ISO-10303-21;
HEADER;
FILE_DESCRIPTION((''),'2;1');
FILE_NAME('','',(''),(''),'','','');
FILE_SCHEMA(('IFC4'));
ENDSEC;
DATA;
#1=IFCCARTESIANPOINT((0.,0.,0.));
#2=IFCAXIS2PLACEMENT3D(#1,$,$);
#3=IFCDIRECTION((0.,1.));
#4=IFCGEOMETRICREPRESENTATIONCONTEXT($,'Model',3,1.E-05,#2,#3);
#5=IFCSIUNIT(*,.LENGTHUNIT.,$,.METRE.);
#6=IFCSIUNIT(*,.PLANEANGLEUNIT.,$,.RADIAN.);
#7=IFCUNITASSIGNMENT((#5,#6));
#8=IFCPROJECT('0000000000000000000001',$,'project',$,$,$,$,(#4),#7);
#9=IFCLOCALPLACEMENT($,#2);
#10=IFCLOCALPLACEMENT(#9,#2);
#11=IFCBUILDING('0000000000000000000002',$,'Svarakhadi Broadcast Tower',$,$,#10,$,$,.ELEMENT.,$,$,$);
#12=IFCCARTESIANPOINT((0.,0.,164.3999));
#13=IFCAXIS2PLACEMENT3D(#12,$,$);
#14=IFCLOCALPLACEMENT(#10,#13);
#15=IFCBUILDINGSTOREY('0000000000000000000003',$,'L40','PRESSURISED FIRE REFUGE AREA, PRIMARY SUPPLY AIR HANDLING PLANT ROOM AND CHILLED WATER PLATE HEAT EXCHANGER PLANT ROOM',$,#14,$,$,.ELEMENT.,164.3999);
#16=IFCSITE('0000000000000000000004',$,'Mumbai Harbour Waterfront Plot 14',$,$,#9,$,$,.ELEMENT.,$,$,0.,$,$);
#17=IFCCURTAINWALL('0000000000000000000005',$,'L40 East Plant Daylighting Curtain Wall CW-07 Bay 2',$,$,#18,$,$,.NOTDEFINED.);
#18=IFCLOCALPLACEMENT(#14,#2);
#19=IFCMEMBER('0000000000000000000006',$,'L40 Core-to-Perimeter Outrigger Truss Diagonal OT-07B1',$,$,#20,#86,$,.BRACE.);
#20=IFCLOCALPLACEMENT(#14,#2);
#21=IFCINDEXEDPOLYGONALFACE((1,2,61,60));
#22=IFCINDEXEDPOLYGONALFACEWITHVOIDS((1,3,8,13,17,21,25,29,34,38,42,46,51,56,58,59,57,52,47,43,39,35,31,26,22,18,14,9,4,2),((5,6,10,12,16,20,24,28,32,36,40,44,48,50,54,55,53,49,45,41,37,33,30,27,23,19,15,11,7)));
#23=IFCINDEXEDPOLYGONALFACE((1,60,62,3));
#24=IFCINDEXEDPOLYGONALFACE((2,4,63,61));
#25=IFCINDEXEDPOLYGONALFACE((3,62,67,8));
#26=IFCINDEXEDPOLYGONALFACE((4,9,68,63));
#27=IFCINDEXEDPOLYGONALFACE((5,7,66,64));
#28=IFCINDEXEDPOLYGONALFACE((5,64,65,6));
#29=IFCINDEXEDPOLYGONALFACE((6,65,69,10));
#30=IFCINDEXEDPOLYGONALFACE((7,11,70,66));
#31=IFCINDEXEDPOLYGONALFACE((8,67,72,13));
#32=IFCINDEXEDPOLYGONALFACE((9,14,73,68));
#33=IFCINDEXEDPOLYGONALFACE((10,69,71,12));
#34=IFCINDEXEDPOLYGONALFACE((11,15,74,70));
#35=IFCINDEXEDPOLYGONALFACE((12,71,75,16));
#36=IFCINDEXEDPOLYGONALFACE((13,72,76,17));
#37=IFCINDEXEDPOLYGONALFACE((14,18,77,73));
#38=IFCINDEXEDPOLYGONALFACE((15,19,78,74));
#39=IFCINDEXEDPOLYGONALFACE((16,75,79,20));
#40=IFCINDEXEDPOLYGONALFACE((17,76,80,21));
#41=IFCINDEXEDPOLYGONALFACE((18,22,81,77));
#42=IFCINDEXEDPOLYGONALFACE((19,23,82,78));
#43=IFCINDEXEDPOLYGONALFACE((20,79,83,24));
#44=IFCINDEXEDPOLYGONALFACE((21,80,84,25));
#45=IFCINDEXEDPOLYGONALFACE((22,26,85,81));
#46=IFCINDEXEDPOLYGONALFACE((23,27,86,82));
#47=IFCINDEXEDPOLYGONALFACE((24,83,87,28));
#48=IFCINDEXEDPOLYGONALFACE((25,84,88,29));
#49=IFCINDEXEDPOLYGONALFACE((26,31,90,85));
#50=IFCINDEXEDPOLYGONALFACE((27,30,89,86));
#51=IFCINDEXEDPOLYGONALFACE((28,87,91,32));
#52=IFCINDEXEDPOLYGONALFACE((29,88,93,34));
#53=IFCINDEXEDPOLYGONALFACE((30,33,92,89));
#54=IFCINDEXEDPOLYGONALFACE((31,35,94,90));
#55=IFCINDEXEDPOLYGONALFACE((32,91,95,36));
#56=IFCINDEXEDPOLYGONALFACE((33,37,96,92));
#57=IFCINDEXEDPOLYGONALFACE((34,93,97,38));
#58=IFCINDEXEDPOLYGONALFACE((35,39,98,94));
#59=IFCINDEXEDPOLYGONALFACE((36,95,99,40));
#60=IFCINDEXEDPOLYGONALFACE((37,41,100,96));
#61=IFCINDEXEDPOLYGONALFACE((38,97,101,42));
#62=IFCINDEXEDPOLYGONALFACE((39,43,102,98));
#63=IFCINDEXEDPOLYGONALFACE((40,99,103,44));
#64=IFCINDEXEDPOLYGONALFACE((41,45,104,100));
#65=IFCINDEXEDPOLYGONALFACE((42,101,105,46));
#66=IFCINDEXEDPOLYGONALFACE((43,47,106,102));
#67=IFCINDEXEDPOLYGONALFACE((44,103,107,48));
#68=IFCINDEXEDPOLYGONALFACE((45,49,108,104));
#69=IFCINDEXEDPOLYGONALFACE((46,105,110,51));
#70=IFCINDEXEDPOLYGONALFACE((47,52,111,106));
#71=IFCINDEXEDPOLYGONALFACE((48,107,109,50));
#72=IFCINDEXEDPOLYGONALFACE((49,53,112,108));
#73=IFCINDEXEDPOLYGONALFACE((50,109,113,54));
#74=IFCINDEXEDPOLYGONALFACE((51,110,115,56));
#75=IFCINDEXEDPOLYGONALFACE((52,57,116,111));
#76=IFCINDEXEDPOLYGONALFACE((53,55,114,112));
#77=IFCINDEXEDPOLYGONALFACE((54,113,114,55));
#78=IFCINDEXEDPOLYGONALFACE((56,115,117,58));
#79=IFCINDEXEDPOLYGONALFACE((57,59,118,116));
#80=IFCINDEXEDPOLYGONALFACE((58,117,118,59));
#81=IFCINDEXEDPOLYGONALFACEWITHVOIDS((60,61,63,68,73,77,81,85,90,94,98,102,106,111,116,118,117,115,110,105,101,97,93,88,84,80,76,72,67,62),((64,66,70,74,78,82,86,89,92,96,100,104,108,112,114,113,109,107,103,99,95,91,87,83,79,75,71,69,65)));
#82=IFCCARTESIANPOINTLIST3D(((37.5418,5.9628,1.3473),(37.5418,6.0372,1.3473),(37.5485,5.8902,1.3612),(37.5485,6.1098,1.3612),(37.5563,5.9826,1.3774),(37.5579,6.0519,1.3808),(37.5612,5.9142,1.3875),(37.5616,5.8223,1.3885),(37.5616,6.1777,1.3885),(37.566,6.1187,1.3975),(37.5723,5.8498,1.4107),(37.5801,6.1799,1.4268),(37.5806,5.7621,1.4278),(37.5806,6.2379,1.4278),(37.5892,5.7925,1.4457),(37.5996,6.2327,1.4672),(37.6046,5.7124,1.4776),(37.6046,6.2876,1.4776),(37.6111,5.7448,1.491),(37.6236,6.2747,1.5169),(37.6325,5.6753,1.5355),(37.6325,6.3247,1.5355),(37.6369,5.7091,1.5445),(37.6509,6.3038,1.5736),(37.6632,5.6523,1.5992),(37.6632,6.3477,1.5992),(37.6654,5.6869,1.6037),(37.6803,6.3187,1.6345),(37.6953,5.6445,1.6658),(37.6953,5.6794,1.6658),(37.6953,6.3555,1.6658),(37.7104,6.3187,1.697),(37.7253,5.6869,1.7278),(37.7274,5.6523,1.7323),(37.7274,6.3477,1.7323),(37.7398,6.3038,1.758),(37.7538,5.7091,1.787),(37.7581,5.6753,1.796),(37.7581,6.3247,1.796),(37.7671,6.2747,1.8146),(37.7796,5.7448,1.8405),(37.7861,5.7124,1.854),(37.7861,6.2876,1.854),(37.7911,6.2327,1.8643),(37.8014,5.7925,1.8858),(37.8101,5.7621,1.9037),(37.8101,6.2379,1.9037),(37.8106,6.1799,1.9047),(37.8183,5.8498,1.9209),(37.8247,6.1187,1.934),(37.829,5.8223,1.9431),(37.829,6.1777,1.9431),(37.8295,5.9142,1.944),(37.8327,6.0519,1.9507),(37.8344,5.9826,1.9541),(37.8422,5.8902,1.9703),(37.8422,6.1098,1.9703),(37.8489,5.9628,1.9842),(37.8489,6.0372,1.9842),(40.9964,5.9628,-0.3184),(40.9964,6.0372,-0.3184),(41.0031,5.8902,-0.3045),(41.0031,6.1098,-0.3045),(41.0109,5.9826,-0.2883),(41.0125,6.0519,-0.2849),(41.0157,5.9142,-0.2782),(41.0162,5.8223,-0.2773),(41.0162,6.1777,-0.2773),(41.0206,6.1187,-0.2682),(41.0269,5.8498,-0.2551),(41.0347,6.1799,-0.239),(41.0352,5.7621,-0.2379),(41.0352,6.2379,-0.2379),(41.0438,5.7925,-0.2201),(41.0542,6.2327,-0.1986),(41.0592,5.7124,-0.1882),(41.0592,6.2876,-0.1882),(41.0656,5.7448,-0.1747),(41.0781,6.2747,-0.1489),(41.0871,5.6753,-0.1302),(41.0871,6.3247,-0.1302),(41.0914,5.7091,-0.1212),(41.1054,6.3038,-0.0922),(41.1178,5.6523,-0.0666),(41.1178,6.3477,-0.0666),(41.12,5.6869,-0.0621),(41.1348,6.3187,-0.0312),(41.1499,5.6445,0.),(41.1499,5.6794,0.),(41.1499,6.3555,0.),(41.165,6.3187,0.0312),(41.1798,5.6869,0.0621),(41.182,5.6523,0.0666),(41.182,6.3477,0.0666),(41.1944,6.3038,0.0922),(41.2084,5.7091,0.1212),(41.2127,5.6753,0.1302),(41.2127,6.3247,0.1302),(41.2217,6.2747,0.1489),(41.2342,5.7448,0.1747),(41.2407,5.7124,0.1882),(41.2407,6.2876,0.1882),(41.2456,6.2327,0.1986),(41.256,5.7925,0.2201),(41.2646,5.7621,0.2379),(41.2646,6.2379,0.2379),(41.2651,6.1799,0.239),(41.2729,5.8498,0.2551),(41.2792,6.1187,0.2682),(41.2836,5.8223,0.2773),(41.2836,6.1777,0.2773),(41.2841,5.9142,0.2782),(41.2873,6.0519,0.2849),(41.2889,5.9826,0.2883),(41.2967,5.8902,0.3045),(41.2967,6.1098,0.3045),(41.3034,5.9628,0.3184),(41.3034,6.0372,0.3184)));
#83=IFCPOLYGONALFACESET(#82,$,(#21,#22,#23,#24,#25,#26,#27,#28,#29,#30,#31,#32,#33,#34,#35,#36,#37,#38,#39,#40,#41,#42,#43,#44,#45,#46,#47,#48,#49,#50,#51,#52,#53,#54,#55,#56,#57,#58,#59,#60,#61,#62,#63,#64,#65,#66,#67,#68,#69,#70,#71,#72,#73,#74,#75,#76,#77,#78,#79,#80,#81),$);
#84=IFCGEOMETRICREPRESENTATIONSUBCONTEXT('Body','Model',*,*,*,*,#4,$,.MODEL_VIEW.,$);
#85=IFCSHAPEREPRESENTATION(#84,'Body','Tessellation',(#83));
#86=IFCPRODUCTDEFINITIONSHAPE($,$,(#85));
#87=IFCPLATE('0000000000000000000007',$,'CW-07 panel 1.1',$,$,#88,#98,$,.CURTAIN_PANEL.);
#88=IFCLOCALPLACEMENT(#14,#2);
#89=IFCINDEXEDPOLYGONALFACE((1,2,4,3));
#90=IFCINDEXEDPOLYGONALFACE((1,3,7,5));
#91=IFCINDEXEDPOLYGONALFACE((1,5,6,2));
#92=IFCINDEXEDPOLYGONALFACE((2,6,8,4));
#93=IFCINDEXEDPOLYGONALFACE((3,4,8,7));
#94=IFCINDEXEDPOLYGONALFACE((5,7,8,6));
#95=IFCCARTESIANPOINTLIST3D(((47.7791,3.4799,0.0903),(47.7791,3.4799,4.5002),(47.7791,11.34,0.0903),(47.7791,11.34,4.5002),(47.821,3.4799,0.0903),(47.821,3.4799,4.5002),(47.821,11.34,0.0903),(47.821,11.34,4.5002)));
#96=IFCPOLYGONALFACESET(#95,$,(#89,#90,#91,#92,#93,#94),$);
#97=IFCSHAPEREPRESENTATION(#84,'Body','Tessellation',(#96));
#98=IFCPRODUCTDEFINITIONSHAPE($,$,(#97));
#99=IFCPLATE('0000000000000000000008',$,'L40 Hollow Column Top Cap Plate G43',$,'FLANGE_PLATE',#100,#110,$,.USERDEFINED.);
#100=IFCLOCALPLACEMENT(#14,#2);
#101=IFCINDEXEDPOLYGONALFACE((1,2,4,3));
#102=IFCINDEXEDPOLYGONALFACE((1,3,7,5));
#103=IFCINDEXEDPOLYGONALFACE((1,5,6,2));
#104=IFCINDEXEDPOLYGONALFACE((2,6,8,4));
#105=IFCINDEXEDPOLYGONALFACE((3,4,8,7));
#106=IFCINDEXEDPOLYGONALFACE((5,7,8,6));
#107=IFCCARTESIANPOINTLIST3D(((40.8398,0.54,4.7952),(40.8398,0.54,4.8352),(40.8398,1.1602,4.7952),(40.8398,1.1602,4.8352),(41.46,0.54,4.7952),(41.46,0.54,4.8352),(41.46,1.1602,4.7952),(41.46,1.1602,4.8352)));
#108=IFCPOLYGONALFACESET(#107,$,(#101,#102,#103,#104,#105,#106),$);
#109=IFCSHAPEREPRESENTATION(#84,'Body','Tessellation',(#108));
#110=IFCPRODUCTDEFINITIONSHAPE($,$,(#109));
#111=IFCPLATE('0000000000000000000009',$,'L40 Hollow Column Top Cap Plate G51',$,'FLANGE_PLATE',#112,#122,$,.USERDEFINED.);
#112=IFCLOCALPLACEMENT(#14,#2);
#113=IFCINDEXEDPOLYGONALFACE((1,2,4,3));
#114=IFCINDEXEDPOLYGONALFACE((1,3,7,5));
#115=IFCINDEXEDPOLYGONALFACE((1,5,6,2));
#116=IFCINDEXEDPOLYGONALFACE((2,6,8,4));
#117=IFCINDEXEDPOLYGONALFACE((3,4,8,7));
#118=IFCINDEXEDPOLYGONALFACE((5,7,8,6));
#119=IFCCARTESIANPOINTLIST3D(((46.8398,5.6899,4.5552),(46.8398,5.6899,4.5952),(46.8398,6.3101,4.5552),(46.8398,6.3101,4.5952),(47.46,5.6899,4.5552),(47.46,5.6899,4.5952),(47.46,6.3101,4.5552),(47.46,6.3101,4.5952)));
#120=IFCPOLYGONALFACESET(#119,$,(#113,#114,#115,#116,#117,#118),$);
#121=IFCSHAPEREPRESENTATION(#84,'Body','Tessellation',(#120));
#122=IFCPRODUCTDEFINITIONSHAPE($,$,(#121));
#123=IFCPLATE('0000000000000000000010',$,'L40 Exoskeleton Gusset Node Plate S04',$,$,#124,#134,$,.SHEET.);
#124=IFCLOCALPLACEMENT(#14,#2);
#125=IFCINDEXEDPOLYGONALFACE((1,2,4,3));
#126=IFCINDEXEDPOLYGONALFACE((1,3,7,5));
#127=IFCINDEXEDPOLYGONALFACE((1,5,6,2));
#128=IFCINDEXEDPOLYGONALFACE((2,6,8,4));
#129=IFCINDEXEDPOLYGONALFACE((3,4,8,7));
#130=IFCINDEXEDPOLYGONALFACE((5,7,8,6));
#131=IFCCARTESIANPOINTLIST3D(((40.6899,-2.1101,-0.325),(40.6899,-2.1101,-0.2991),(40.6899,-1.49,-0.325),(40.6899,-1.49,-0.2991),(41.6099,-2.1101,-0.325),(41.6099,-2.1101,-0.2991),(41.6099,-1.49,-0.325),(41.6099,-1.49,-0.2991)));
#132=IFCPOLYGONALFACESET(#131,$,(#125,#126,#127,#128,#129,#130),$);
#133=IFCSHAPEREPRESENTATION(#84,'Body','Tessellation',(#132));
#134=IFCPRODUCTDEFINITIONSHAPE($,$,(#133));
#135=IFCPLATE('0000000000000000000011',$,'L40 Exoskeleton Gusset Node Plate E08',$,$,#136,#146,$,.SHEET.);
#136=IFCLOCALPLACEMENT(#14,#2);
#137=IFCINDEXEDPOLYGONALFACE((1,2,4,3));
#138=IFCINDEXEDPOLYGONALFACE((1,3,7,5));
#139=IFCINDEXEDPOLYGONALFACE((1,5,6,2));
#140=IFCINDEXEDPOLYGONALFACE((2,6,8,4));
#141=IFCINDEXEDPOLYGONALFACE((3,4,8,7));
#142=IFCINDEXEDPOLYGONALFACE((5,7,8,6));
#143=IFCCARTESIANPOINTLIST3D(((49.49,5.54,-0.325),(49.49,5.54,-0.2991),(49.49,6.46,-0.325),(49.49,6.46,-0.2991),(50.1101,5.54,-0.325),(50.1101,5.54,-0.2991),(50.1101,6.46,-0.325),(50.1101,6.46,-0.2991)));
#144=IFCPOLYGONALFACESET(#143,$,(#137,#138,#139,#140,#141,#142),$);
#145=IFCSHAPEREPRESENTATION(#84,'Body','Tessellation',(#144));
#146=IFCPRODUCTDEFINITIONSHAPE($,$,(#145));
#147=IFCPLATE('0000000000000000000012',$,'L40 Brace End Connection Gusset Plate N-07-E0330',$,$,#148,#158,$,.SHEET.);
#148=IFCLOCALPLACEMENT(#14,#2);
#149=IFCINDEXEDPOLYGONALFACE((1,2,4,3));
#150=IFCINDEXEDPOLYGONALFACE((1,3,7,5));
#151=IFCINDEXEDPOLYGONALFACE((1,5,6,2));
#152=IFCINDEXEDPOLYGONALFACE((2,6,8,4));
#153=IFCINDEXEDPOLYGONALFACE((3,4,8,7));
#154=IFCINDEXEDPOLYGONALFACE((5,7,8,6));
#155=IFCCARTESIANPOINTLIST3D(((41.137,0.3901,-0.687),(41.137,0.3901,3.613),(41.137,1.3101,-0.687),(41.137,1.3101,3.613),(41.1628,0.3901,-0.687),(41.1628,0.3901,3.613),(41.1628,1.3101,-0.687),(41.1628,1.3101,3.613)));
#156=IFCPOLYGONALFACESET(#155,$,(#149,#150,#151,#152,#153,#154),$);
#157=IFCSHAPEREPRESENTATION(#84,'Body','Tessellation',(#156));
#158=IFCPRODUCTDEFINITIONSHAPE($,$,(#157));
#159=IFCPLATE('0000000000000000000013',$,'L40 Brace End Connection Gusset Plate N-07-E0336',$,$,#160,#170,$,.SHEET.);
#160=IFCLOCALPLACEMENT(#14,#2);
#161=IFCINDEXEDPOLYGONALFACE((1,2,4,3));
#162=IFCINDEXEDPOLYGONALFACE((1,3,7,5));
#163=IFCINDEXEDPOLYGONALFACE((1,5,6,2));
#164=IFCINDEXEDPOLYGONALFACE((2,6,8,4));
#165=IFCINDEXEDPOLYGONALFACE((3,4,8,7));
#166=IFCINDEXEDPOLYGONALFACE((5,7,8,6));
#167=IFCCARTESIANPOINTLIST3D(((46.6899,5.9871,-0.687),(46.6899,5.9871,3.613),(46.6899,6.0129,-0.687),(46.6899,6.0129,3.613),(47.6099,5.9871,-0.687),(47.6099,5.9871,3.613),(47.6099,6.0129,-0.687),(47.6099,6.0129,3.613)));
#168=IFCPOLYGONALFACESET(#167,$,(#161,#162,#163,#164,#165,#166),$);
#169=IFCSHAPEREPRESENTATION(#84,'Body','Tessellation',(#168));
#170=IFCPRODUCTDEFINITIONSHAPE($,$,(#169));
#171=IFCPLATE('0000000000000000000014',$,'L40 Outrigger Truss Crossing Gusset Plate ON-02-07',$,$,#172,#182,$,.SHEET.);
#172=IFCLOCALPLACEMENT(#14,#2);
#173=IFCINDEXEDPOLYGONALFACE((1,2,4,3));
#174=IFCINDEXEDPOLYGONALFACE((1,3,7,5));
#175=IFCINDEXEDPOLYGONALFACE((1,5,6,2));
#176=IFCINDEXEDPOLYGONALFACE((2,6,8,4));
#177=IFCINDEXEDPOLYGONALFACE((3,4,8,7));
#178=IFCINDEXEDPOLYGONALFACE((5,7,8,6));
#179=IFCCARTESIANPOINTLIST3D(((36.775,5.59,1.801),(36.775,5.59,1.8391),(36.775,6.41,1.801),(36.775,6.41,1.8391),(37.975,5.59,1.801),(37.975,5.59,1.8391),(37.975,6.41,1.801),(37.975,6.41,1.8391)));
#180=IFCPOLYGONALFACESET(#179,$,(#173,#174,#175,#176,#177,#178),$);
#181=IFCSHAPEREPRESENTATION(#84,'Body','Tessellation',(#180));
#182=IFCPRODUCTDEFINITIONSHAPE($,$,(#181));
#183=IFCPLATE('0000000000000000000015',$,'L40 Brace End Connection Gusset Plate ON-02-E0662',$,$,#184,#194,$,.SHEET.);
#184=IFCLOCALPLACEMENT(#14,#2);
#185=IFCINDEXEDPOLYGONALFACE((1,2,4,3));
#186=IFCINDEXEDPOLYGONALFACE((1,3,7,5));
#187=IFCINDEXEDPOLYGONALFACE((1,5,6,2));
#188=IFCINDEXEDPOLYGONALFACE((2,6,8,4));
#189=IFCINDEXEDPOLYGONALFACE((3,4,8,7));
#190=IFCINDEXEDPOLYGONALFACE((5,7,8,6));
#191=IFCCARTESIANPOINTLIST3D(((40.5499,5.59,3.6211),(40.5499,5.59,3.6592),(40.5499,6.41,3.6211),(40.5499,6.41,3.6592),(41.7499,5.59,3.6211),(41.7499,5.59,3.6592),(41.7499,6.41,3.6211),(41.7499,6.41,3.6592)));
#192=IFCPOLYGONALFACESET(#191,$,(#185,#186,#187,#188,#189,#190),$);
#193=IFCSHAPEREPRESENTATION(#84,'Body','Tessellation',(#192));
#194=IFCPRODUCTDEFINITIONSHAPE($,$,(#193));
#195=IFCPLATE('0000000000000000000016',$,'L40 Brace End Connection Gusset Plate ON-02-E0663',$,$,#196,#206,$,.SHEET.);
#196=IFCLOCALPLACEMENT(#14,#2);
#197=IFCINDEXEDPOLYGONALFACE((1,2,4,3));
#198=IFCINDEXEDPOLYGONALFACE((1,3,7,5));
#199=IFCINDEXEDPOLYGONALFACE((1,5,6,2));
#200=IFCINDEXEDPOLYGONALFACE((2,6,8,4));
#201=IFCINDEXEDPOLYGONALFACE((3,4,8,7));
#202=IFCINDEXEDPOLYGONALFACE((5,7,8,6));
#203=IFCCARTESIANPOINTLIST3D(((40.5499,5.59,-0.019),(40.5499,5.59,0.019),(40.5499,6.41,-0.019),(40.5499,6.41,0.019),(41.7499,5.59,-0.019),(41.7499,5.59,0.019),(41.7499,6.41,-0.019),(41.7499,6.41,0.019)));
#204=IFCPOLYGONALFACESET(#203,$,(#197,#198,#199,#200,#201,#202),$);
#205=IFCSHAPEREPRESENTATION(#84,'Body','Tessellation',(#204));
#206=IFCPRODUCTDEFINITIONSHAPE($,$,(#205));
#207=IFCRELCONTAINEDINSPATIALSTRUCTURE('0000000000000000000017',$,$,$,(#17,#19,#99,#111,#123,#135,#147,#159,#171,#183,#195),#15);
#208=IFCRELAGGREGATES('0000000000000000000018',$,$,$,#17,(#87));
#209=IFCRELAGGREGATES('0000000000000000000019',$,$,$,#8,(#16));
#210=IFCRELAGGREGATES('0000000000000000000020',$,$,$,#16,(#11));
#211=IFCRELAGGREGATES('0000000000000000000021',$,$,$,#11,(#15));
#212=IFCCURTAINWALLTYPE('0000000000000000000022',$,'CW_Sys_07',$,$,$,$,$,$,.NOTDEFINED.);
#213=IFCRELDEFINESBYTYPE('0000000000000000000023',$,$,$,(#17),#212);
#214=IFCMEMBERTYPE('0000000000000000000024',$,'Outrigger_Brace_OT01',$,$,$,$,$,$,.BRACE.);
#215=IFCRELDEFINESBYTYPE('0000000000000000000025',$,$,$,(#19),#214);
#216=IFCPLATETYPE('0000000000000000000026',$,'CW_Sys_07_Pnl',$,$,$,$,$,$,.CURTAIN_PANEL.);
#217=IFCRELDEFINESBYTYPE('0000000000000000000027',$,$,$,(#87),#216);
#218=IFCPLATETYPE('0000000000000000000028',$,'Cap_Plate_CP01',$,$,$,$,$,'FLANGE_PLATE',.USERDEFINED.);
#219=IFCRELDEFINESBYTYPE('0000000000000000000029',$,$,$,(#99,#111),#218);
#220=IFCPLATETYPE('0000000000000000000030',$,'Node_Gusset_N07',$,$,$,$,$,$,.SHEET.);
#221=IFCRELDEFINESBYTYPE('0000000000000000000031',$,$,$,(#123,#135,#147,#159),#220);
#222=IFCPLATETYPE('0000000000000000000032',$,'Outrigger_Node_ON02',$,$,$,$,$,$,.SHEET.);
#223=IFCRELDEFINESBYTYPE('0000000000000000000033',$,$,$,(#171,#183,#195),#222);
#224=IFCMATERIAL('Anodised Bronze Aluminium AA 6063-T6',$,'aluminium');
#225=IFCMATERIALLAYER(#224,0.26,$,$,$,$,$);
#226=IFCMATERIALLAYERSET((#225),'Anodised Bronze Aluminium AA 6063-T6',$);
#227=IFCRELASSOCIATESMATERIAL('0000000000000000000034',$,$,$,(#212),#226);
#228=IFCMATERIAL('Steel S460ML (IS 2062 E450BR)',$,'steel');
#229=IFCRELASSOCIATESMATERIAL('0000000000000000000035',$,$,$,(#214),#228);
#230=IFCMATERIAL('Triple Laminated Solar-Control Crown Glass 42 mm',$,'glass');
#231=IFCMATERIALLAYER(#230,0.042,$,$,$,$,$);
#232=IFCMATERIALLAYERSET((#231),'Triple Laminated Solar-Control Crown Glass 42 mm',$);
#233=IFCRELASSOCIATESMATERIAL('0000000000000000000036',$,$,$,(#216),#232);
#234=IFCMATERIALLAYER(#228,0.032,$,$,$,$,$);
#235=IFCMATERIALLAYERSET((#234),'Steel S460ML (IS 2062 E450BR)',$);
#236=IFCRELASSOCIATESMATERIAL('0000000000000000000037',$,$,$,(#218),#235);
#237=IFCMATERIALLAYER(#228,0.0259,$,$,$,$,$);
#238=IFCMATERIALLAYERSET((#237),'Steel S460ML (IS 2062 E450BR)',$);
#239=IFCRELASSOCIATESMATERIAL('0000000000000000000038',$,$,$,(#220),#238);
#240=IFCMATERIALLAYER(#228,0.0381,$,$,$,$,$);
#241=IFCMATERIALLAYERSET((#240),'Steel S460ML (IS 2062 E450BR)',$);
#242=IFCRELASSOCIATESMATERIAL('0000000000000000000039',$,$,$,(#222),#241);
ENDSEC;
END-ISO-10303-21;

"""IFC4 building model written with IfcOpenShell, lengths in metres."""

from ifc_helpers import new_model, si_unit, direction, frame, origin, origin_2d, place, context, subcontext, project, spatial, rectangle, hollow_circle, extrude, material, layer, layer_set, material_profile, profile_set, type_object, element, aggregate, save


model = new_model("IFC4")

# Units and contexts
model_context = context("Model", 3, precision=1e-05, world=origin(), true_north=direction((0.0, 1.0)))
body_context = subcontext(model_context, "Body", "Model", "MODEL_VIEW")
ifc_project = project(units=[si_unit("LENGTHUNIT", "METRE"), si_unit("PLANEANGLEUNIT", "RADIAN")], contexts=[model_context])

# Site, building, storey
site_placement = place(None, origin())
site = spatial("IfcSite", under=ifc_project, at=site_placement, Name="Mumbai Harbour Waterfront Plot 14", CompositionType="ELEMENT", RefElevation=0.0)
building_placement = place(site_placement, origin())
building = spatial("IfcBuilding", under=site, at=building_placement, Name="Svarakhadi Broadcast Tower", CompositionType="ELEMENT")
storey_placement = place(building_placement, frame((0.0, 0.0, 164.3999)))
storey = spatial("IfcBuildingStorey", under=building, at=storey_placement, Name="L40", Description="PRESSURISED FIRE REFUGE AREA, PRIMARY SUPPLY AIR HANDLING PLANT ROOM AND CHILLED WATER PLATE HEAT EXCHANGER PLANT ROOM", CompositionType="ELEMENT", Elevation=164.3999)

# Shared definitions
ifc_material_1 = material(Name="Steel S460ML (IS 2062 E450BR)", Category="steel")

# Curtain wall
ifc_material_2 = material(Name="Anodised Bronze Aluminium AA 6063-T6", Category="aluminium")
ifc_layer_1 = layer(ifc_material_2, 0.26)
ifc_layer_set_1 = layer_set([ifc_layer_1], Name="Anodised Bronze Aluminium AA 6063-T6")
curtain_wall_type = type_object("IfcCurtainWallType", Name="CW_Sys_07", PredefinedType="NOTDEFINED", material=ifc_layer_set_1)
curtain_wall_placement = place(storey_placement, origin())
curtain_wall = element("IfcCurtainWall", 1, at=curtain_wall_placement, inside=storey, type_object=curtain_wall_type, Name="L40 East Plant Daylighting Curtain Wall CW-07 Bay 2", PredefinedType="NOTDEFINED")

# Member
ifc_material_profile_1 = material_profile(ifc_material_1, hollow_circle(Radius=0.3555, WallThickness=0.0349, at=origin_2d()), Name="CHS 711x35")
ifc_profile_set_1 = profile_set([ifc_material_profile_1], Name="Steel S460ML (IS 2062 E450BR)")
member_type_1 = type_object("IfcMemberType", Name="Outrigger_Brace_OT01", PredefinedType="BRACE", material=ifc_profile_set_1)
member_1_placement = place(storey_placement, frame((41.1499, 6.0, 0.0), z_axis=(-0.900752, 0.0, 0.434334), x_axis=(0.0, -1.0, 0.0)))
element("IfcMember", 2, at=member_1_placement, inside=storey, type_object=member_type_1, Name="L40 Core-to-Perimeter Outrigger Truss Diagonal OT-07B1", PredefinedType="BRACE", context=body_context, shape_type="SweptSolid", body=[
    extrude(hollow_circle(Radius=0.3555, WallThickness=0.0349, at=origin_2d()), origin(), (0.0, 0.0, 1.0), 3.8352),
])

# Plate
ifc_material_3 = material(Name="Triple Laminated Solar-Control Crown Glass 42 mm", Category="glass")
ifc_layer_2 = layer(ifc_material_3, 0.042)
ifc_layer_set_2 = layer_set([ifc_layer_2], Name="Triple Laminated Solar-Control Crown Glass 42 mm")
plate_type_1 = type_object("IfcPlateType", Name="CW_Sys_07_Pnl", PredefinedType="CURTAIN_PANEL", material=ifc_layer_set_2)
plate_placement = place(storey_placement, frame((47.8, 7.4099, 0.0903), z_axis=(0.0, 0.0, 1.0), x_axis=(0.0, -1.0, 0.0)))
plate = element("IfcPlate", 3, at=plate_placement, type_object=plate_type_1, Name="CW-07 panel 1.1", PredefinedType="CURTAIN_PANEL", context=body_context, shape_type="SweptSolid", body=[
    extrude(rectangle(XDim=7.8601, YDim=0.042, at=origin_2d()), origin(), (0.0, 0.0, 1.0), 4.4099),
])
aggregate(curtain_wall, [plate])

# Plates
ifc_layer_3 = layer(ifc_material_1, 0.032)
ifc_layer_set_3 = layer_set([ifc_layer_3], Name="Steel S460ML (IS 2062 E450BR)")
plate_type_2 = type_object("IfcPlateType", Name="Cap_Plate_CP01", ElementType="FLANGE_PLATE", PredefinedType="USERDEFINED", material=ifc_layer_set_3)
for number, where, z_axis, x_axis, name in (
    (4, (41.1499, 0.8501, 4.7952), (0.0, 0.0, 1.0), (1.0, 0.0, 0.0), "L40 Hollow Column Top Cap Plate G43"),
    (5, (47.1499, 6.0, 4.5552), (0.0, 0.0, 1.0), (1.0, 0.0, 0.0), "L40 Hollow Column Top Cap Plate G51"),
):
    element("IfcPlate", number, at=place(storey_placement, frame(where, z_axis=z_axis, x_axis=x_axis)), inside=storey, type_object=plate_type_2, Name=name, ObjectType="FLANGE_PLATE", PredefinedType="USERDEFINED", context=body_context, shape_type="SweptSolid", body=[
        extrude(rectangle(XDim=0.6201, YDim=0.6201, at=origin_2d()), origin(), (0.0, 0.0, 1.0), 0.04),
    ])
ifc_layer_4 = layer(ifc_material_1, 0.0259)
ifc_layer_set_4 = layer_set([ifc_layer_4], Name="Steel S460ML (IS 2062 E450BR)")
plate_type_3 = type_object("IfcPlateType", Name="Node_Gusset_N07", PredefinedType="SHEET", material=ifc_layer_set_4)
for number, where, z_axis, x_axis, name in (
    (6, (41.1499, -1.8, -0.325), (0.0, 0.0, 1.0), (1.0, 0.0, 0.0), "L40 Exoskeleton Gusset Node Plate S04"),
    (7, (49.8, 6.0, -0.325), (0.0, 0.0, 1.0), (0.0, 1.0, 0.0), "L40 Exoskeleton Gusset Node Plate E08"),
):
    element("IfcPlate", number, at=place(storey_placement, frame(where, z_axis=z_axis, x_axis=x_axis)), inside=storey, type_object=plate_type_3, Name=name, PredefinedType="SHEET", context=body_context, shape_type="SweptSolid", body=[
        extrude(rectangle(XDim=0.9199, YDim=0.6201, at=origin_2d()), origin(), (0.0, 0.0, 1.0), 0.0259),
    ])
for number, where, z_axis, x_axis, name in (
    (8, (41.1499, 0.8501, -0.687), (0.0, 0.0, 1.0), (0.0, 1.0, 0.0), "L40 Brace End Connection Gusset Plate N-07-E0330"),
    (9, (47.1499, 6.0, -0.687), (0.0, 0.0, 1.0), (1.0, 0.0, 0.0), "L40 Brace End Connection Gusset Plate N-07-E0336"),
):
    element("IfcPlate", number, at=place(storey_placement, frame(where, z_axis=z_axis, x_axis=x_axis)), inside=storey, type_object=plate_type_3, Name=name, PredefinedType="SHEET", context=body_context, shape_type="SweptSolid", body=[
        extrude(rectangle(XDim=0.9199, YDim=0.0259, at=origin_2d()), origin(), (0.0, 0.0, 1.0), 4.3),
    ])
ifc_layer_5 = layer(ifc_material_1, 0.0381)
ifc_layer_set_5 = layer_set([ifc_layer_5], Name="Steel S460ML (IS 2062 E450BR)")
plate_type_4 = type_object("IfcPlateType", Name="Outrigger_Node_ON02", PredefinedType="SHEET", material=ifc_layer_set_5)
for number, where, z_axis, x_axis, name in (
    (10, (37.375, 6.0, 1.801), (0.0, 0.0, 1.0), (1.0, 0.0, 0.0), "L40 Outrigger Truss Crossing Gusset Plate ON-02-07"),
    (11, (41.1499, 6.0, 3.6211), (0.0, 0.0, 1.0), (1.0, 0.0, 0.0), "L40 Brace End Connection Gusset Plate ON-02-E0662"),
    (12, (41.1499, 6.0, -0.019), (0.0, 0.0, 1.0), (1.0, 0.0, 0.0), "L40 Brace End Connection Gusset Plate ON-02-E0663"),
):
    element("IfcPlate", number, at=place(storey_placement, frame(where, z_axis=z_axis, x_axis=x_axis)), inside=storey, type_object=plate_type_4, Name=name, PredefinedType="SHEET", context=body_context, shape_type="SweptSolid", body=[
        extrude(rectangle(XDim=1.2, YDim=0.8201, at=origin_2d()), origin(), (0.0, 0.0, 1.0), 0.0381),
    ])

save(model, "model.ifc")
